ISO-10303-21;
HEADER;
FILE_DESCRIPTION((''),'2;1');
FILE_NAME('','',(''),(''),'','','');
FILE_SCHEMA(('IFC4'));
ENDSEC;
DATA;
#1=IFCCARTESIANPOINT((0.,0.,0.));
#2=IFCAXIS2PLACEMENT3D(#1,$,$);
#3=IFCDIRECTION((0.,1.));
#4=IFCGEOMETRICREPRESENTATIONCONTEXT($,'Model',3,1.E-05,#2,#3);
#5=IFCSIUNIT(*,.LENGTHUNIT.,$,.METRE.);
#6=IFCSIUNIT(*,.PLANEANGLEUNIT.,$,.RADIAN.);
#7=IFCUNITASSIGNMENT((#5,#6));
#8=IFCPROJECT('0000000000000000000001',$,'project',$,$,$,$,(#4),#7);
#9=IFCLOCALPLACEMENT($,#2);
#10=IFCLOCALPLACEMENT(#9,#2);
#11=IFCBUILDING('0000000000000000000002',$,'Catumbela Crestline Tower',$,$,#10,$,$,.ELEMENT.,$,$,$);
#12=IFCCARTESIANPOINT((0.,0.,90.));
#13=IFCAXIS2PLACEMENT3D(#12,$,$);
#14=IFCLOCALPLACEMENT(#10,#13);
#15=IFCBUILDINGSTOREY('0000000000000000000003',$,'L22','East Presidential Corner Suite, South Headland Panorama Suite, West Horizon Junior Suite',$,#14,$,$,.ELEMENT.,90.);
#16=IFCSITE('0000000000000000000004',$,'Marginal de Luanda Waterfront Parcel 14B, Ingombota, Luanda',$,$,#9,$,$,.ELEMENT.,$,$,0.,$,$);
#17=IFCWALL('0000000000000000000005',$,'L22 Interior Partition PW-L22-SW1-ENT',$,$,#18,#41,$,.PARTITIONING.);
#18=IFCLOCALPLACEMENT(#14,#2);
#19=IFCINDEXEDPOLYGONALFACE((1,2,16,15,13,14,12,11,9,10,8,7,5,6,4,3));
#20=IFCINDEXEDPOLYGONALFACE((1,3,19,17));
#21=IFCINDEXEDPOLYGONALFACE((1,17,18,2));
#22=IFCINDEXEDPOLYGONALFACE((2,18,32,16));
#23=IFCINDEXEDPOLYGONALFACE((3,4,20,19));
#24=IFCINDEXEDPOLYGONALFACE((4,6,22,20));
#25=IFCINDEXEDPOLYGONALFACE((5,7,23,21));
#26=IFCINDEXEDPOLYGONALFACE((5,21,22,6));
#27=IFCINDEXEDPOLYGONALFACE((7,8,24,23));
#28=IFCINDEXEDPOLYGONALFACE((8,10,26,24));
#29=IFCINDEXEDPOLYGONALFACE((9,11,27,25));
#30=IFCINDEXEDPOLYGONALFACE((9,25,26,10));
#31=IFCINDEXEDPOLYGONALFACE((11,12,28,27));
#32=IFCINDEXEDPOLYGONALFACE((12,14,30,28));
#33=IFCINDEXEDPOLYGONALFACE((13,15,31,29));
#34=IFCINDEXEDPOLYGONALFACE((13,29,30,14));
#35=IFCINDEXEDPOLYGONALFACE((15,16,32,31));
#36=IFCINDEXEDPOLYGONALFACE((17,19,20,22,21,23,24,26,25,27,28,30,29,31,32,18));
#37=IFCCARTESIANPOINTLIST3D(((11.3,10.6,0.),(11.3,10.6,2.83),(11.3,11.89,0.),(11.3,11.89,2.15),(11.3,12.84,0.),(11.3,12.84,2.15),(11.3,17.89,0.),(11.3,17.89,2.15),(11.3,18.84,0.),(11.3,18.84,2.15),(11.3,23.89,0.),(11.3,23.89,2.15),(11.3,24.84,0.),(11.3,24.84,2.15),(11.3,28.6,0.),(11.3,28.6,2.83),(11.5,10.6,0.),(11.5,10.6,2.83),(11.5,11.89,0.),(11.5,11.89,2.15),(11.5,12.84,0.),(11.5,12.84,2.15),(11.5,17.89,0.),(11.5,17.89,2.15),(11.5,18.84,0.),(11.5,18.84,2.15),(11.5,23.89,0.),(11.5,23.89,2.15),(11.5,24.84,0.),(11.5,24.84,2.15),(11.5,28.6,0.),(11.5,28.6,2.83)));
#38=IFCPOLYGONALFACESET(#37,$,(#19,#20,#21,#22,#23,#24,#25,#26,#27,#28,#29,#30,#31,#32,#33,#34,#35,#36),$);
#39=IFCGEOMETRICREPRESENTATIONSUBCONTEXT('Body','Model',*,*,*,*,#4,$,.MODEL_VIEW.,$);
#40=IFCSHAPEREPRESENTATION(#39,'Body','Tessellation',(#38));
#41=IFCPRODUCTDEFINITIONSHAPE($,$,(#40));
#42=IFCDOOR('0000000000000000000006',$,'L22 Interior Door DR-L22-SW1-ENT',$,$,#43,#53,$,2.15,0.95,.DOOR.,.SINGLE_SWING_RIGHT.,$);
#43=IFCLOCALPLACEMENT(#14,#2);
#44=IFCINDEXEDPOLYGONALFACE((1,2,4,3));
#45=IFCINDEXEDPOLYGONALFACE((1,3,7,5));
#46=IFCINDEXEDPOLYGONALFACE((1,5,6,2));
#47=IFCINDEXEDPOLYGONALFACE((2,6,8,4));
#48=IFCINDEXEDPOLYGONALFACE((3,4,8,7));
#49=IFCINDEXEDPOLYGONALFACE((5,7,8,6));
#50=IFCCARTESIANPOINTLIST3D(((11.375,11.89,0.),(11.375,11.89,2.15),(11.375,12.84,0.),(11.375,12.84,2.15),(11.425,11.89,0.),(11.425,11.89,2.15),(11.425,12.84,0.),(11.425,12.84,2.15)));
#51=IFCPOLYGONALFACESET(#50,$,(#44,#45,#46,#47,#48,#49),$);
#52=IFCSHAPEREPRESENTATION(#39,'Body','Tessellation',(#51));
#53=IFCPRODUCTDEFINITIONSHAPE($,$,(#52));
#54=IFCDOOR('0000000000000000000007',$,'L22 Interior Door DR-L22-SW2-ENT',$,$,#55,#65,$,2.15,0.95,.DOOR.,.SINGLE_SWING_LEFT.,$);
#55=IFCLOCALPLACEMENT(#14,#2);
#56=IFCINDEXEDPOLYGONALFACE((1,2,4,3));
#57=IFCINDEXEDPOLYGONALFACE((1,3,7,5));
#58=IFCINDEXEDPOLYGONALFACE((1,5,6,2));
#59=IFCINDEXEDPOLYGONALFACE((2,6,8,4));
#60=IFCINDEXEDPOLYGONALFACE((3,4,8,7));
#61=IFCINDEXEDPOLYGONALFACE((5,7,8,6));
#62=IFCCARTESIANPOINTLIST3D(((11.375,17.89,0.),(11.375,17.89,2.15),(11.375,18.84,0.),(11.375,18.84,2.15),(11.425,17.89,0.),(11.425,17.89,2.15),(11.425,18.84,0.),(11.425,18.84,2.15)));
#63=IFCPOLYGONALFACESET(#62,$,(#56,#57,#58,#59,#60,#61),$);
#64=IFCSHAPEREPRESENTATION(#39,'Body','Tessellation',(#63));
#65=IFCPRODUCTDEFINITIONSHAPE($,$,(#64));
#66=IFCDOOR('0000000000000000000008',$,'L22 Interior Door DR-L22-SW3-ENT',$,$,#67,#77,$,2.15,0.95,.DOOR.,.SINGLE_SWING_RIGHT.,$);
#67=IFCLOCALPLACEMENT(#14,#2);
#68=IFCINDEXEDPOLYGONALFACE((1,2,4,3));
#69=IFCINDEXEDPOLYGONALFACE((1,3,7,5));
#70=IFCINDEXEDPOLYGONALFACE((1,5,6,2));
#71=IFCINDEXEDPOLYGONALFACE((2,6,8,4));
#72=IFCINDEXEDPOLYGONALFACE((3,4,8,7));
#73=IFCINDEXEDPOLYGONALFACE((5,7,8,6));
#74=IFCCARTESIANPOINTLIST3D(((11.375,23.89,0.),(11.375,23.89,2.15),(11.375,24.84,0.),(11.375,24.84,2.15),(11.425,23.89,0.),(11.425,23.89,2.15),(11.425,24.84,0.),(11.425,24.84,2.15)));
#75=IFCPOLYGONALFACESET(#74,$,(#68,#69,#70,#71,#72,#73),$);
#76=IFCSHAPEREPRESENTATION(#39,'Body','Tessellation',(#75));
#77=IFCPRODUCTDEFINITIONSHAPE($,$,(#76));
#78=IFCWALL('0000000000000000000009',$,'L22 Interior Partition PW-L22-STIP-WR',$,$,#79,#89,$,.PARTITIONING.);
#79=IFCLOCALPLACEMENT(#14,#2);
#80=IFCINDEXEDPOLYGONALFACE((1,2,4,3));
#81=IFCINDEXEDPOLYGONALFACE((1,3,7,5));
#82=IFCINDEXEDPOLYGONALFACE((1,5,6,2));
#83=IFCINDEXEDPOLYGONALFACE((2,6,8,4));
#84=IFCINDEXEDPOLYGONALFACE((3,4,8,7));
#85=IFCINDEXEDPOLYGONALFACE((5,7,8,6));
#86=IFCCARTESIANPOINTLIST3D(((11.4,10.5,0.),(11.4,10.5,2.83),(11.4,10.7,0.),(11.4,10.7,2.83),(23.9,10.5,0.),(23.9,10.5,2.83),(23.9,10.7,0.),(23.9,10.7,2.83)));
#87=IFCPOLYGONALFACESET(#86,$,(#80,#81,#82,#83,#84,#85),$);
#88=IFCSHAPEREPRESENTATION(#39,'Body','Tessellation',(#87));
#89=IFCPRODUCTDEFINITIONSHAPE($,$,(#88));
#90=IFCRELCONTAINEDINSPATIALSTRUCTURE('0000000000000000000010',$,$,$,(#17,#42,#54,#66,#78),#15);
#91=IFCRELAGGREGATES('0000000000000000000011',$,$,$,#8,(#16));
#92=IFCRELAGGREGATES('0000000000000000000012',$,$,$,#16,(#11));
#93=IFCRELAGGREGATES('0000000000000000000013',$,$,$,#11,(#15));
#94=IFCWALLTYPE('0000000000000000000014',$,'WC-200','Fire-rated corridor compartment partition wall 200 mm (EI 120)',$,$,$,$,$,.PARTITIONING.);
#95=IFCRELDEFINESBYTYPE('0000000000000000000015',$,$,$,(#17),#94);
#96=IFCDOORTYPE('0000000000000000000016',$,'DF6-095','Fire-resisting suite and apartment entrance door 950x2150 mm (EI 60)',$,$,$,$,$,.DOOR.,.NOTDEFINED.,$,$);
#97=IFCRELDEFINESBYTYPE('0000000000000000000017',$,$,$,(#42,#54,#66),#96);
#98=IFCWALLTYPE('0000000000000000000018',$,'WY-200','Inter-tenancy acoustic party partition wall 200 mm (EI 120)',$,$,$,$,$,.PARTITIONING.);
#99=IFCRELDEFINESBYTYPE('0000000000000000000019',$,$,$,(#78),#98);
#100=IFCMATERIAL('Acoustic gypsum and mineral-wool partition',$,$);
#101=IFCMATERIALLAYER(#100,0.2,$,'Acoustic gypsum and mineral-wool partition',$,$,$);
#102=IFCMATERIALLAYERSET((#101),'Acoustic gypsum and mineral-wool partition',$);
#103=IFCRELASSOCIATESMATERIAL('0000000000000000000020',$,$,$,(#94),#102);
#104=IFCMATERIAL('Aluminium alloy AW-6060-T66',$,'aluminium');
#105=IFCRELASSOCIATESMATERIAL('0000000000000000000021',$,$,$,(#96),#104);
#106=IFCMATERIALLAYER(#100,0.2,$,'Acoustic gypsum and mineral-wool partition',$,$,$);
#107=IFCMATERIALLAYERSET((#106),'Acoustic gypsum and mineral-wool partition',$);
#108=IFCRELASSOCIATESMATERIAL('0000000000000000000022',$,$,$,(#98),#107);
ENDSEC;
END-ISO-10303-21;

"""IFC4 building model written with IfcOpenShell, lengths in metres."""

from ifc_helpers import new_model, si_unit, direction, frame, frame_2d, origin, place, context, subcontext, project, spatial, rectangle, extrude, material, layer, layer_set, type_object, element, fill, save


model = new_model("IFC4")

# Units and contexts
model_context = context("Model", 3, precision=1e-05, world=origin(), true_north=direction((0.0, 1.0)))
body_context = subcontext(model_context, "Body", "Model", "MODEL_VIEW")
ifc_project = project(units=[si_unit("LENGTHUNIT", "METRE"), si_unit("PLANEANGLEUNIT", "RADIAN")], contexts=[model_context])

# Site, building, storey
site_placement = place(None, origin())
site = spatial("IfcSite", under=ifc_project, at=site_placement, Name="Marginal de Luanda Waterfront Parcel 14B, Ingombota, Luanda", CompositionType="ELEMENT", RefElevation=0.0)
building_placement = place(site_placement, origin())
building = spatial("IfcBuilding", under=site, at=building_placement, Name="Catumbela Crestline Tower", CompositionType="ELEMENT")
storey_placement = place(building_placement, frame((0.0, 0.0, 90.0)))
storey = spatial("IfcBuildingStorey", under=building, at=storey_placement, Name="L22", Description="East Presidential Corner Suite, South Headland Panorama Suite, West Horizon Junior Suite", CompositionType="ELEMENT", Elevation=90.0)

# Shared definitions
ifc_material_1 = material(Name="Acoustic gypsum and mineral-wool partition")
ifc_layer_1 = layer(ifc_material_1, 0.2, Name="Acoustic gypsum and mineral-wool partition")
ifc_layer_set_1 = layer_set([ifc_layer_1], Name="Acoustic gypsum and mineral-wool partition")
wall_type_1 = type_object("IfcWallType", Name="WC-200", Description="Fire-rated corridor compartment partition wall 200 mm (EI 120)", PredefinedType="PARTITIONING", material=ifc_layer_set_1)
ifc_material_2 = material(Name="Aluminium alloy AW-6060-T66", Category="aluminium")
door_type = type_object("IfcDoorType", Name="DF6-095", Description="Fire-resisting suite and apartment entrance door 950x2150 mm (EI 60)", OperationType="NOTDEFINED", PredefinedType="DOOR", material=ifc_material_2)

# Wall, openings, doors
wall_1_placement = place(storey_placement, frame((11.4, 10.6, 0.0), z_axis=(0.0, 0.0, 1.0), x_axis=(0.0, 1.0, 0.0)))
wall_1 = element("IfcWall", 1, at=wall_1_placement, inside=storey, type_object=wall_type_1, Name="L22 Interior Partition PW-L22-SW1-ENT", PredefinedType="PARTITIONING", context=body_context, shape_type="SweptSolid", body=[
    extrude(rectangle(XDim=18.0, YDim=0.2, at=frame_2d((9.0, 0.0))), origin(), (0.0, 0.0, 1.0), 2.83),
])
opening_1_placement = place(wall_1_placement, frame((1.29, 0.0, 0.0)))
opening_1 = element("IfcOpeningElement", 2, at=opening_1_placement, cuts=wall_1, PredefinedType="OPENING", context=body_context, shape_type="SweptSolid", body=[
    extrude(rectangle(XDim=0.95, YDim=2.15, at=frame_2d((0.475, 1.075))), frame((0.0, 0.11, 0.0), z_axis=(0.0, -1.0, 0.0), x_axis=(1.0, 0.0, 0.0)), (0.0, 0.0, 1.0), 0.22),
])
opening_2_placement = place(wall_1_placement, frame((7.29, 0.0, 0.0)))
opening_2 = element("IfcOpeningElement", 3, at=opening_2_placement, cuts=wall_1, PredefinedType="OPENING", context=body_context, shape_type="SweptSolid", body=[
    extrude(rectangle(XDim=0.95, YDim=2.15, at=frame_2d((0.475, 1.075))), frame((0.0, 0.11, 0.0), z_axis=(0.0, -1.0, 0.0), x_axis=(1.0, 0.0, 0.0)), (0.0, 0.0, 1.0), 0.22),
])
opening_3_placement = place(wall_1_placement, frame((13.29, 0.0, 0.0)))
opening_3 = element("IfcOpeningElement", 4, at=opening_3_placement, cuts=wall_1, PredefinedType="OPENING", context=body_context, shape_type="SweptSolid", body=[
    extrude(rectangle(XDim=0.95, YDim=2.15, at=frame_2d((0.475, 1.075))), frame((0.0, 0.11, 0.0), z_axis=(0.0, -1.0, 0.0), x_axis=(1.0, 0.0, 0.0)), (0.0, 0.0, 1.0), 0.22),
])
door_1_placement = place(opening_1_placement, origin())
door_1 = element("IfcDoor", 5, at=door_1_placement, inside=storey, type_object=door_type, Name="L22 Interior Door DR-L22-SW1-ENT", OperationType="SINGLE_SWING_RIGHT", OverallHeight=2.15, OverallWidth=0.95, PredefinedType="DOOR", context=body_context, shape_type="SweptSolid", body=[
    extrude(rectangle(XDim=0.95, YDim=2.15, at=frame_2d((0.475, 1.075))), frame((0.0, 0.025, 0.0), z_axis=(0.0, -1.0, 0.0), x_axis=(1.0, 0.0, 0.0)), (0.0, 0.0, 1.0), 0.05),
])
fill(opening_1, door_1)
door_2_placement = place(opening_2_placement, origin())
door_2 = element("IfcDoor", 6, at=door_2_placement, inside=storey, type_object=door_type, Name="L22 Interior Door DR-L22-SW2-ENT", OperationType="SINGLE_SWING_LEFT", OverallHeight=2.15, OverallWidth=0.95, PredefinedType="DOOR", context=body_context, shape_type="SweptSolid", body=[
    extrude(rectangle(XDim=0.95, YDim=2.15, at=frame_2d((0.475, 1.075))), frame((0.0, 0.025, 0.0), z_axis=(0.0, -1.0, 0.0), x_axis=(1.0, 0.0, 0.0)), (0.0, 0.0, 1.0), 0.05),
])
fill(opening_2, door_2)
door_3_placement = place(opening_3_placement, origin())
door_3 = element("IfcDoor", 7, at=door_3_placement, inside=storey, type_object=door_type, Name="L22 Interior Door DR-L22-SW3-ENT", OperationType="SINGLE_SWING_RIGHT", OverallHeight=2.15, OverallWidth=0.95, PredefinedType="DOOR", context=body_context, shape_type="SweptSolid", body=[
    extrude(rectangle(XDim=0.95, YDim=2.15, at=frame_2d((0.475, 1.075))), frame((0.0, 0.025, 0.0), z_axis=(0.0, -1.0, 0.0), x_axis=(1.0, 0.0, 0.0)), (0.0, 0.0, 1.0), 0.05),
])
fill(opening_3, door_3)

# Wall
ifc_layer_2 = layer(ifc_material_1, 0.2, Name="Acoustic gypsum and mineral-wool partition")
ifc_layer_set_2 = layer_set([ifc_layer_2], Name="Acoustic gypsum and mineral-wool partition")
wall_type_2 = type_object("IfcWallType", Name="WY-200", Description="Inter-tenancy acoustic party partition wall 200 mm (EI 120)", PredefinedType="PARTITIONING", material=ifc_layer_set_2)
wall_2_placement = place(storey_placement, frame((11.4, 10.6, 0.0), z_axis=(0.0, 0.0, 1.0), x_axis=(1.0, 0.0, 0.0)))
element("IfcWall", 8, at=wall_2_placement, inside=storey, type_object=wall_type_2, Name="L22 Interior Partition PW-L22-STIP-WR", PredefinedType="PARTITIONING", context=body_context, shape_type="SweptSolid", body=[
    extrude(rectangle(XDim=12.5, YDim=0.2, at=frame_2d((6.25, 0.0))), origin(), (0.0, 0.0, 1.0), 2.83),
])

save(model, "model.ifc")
